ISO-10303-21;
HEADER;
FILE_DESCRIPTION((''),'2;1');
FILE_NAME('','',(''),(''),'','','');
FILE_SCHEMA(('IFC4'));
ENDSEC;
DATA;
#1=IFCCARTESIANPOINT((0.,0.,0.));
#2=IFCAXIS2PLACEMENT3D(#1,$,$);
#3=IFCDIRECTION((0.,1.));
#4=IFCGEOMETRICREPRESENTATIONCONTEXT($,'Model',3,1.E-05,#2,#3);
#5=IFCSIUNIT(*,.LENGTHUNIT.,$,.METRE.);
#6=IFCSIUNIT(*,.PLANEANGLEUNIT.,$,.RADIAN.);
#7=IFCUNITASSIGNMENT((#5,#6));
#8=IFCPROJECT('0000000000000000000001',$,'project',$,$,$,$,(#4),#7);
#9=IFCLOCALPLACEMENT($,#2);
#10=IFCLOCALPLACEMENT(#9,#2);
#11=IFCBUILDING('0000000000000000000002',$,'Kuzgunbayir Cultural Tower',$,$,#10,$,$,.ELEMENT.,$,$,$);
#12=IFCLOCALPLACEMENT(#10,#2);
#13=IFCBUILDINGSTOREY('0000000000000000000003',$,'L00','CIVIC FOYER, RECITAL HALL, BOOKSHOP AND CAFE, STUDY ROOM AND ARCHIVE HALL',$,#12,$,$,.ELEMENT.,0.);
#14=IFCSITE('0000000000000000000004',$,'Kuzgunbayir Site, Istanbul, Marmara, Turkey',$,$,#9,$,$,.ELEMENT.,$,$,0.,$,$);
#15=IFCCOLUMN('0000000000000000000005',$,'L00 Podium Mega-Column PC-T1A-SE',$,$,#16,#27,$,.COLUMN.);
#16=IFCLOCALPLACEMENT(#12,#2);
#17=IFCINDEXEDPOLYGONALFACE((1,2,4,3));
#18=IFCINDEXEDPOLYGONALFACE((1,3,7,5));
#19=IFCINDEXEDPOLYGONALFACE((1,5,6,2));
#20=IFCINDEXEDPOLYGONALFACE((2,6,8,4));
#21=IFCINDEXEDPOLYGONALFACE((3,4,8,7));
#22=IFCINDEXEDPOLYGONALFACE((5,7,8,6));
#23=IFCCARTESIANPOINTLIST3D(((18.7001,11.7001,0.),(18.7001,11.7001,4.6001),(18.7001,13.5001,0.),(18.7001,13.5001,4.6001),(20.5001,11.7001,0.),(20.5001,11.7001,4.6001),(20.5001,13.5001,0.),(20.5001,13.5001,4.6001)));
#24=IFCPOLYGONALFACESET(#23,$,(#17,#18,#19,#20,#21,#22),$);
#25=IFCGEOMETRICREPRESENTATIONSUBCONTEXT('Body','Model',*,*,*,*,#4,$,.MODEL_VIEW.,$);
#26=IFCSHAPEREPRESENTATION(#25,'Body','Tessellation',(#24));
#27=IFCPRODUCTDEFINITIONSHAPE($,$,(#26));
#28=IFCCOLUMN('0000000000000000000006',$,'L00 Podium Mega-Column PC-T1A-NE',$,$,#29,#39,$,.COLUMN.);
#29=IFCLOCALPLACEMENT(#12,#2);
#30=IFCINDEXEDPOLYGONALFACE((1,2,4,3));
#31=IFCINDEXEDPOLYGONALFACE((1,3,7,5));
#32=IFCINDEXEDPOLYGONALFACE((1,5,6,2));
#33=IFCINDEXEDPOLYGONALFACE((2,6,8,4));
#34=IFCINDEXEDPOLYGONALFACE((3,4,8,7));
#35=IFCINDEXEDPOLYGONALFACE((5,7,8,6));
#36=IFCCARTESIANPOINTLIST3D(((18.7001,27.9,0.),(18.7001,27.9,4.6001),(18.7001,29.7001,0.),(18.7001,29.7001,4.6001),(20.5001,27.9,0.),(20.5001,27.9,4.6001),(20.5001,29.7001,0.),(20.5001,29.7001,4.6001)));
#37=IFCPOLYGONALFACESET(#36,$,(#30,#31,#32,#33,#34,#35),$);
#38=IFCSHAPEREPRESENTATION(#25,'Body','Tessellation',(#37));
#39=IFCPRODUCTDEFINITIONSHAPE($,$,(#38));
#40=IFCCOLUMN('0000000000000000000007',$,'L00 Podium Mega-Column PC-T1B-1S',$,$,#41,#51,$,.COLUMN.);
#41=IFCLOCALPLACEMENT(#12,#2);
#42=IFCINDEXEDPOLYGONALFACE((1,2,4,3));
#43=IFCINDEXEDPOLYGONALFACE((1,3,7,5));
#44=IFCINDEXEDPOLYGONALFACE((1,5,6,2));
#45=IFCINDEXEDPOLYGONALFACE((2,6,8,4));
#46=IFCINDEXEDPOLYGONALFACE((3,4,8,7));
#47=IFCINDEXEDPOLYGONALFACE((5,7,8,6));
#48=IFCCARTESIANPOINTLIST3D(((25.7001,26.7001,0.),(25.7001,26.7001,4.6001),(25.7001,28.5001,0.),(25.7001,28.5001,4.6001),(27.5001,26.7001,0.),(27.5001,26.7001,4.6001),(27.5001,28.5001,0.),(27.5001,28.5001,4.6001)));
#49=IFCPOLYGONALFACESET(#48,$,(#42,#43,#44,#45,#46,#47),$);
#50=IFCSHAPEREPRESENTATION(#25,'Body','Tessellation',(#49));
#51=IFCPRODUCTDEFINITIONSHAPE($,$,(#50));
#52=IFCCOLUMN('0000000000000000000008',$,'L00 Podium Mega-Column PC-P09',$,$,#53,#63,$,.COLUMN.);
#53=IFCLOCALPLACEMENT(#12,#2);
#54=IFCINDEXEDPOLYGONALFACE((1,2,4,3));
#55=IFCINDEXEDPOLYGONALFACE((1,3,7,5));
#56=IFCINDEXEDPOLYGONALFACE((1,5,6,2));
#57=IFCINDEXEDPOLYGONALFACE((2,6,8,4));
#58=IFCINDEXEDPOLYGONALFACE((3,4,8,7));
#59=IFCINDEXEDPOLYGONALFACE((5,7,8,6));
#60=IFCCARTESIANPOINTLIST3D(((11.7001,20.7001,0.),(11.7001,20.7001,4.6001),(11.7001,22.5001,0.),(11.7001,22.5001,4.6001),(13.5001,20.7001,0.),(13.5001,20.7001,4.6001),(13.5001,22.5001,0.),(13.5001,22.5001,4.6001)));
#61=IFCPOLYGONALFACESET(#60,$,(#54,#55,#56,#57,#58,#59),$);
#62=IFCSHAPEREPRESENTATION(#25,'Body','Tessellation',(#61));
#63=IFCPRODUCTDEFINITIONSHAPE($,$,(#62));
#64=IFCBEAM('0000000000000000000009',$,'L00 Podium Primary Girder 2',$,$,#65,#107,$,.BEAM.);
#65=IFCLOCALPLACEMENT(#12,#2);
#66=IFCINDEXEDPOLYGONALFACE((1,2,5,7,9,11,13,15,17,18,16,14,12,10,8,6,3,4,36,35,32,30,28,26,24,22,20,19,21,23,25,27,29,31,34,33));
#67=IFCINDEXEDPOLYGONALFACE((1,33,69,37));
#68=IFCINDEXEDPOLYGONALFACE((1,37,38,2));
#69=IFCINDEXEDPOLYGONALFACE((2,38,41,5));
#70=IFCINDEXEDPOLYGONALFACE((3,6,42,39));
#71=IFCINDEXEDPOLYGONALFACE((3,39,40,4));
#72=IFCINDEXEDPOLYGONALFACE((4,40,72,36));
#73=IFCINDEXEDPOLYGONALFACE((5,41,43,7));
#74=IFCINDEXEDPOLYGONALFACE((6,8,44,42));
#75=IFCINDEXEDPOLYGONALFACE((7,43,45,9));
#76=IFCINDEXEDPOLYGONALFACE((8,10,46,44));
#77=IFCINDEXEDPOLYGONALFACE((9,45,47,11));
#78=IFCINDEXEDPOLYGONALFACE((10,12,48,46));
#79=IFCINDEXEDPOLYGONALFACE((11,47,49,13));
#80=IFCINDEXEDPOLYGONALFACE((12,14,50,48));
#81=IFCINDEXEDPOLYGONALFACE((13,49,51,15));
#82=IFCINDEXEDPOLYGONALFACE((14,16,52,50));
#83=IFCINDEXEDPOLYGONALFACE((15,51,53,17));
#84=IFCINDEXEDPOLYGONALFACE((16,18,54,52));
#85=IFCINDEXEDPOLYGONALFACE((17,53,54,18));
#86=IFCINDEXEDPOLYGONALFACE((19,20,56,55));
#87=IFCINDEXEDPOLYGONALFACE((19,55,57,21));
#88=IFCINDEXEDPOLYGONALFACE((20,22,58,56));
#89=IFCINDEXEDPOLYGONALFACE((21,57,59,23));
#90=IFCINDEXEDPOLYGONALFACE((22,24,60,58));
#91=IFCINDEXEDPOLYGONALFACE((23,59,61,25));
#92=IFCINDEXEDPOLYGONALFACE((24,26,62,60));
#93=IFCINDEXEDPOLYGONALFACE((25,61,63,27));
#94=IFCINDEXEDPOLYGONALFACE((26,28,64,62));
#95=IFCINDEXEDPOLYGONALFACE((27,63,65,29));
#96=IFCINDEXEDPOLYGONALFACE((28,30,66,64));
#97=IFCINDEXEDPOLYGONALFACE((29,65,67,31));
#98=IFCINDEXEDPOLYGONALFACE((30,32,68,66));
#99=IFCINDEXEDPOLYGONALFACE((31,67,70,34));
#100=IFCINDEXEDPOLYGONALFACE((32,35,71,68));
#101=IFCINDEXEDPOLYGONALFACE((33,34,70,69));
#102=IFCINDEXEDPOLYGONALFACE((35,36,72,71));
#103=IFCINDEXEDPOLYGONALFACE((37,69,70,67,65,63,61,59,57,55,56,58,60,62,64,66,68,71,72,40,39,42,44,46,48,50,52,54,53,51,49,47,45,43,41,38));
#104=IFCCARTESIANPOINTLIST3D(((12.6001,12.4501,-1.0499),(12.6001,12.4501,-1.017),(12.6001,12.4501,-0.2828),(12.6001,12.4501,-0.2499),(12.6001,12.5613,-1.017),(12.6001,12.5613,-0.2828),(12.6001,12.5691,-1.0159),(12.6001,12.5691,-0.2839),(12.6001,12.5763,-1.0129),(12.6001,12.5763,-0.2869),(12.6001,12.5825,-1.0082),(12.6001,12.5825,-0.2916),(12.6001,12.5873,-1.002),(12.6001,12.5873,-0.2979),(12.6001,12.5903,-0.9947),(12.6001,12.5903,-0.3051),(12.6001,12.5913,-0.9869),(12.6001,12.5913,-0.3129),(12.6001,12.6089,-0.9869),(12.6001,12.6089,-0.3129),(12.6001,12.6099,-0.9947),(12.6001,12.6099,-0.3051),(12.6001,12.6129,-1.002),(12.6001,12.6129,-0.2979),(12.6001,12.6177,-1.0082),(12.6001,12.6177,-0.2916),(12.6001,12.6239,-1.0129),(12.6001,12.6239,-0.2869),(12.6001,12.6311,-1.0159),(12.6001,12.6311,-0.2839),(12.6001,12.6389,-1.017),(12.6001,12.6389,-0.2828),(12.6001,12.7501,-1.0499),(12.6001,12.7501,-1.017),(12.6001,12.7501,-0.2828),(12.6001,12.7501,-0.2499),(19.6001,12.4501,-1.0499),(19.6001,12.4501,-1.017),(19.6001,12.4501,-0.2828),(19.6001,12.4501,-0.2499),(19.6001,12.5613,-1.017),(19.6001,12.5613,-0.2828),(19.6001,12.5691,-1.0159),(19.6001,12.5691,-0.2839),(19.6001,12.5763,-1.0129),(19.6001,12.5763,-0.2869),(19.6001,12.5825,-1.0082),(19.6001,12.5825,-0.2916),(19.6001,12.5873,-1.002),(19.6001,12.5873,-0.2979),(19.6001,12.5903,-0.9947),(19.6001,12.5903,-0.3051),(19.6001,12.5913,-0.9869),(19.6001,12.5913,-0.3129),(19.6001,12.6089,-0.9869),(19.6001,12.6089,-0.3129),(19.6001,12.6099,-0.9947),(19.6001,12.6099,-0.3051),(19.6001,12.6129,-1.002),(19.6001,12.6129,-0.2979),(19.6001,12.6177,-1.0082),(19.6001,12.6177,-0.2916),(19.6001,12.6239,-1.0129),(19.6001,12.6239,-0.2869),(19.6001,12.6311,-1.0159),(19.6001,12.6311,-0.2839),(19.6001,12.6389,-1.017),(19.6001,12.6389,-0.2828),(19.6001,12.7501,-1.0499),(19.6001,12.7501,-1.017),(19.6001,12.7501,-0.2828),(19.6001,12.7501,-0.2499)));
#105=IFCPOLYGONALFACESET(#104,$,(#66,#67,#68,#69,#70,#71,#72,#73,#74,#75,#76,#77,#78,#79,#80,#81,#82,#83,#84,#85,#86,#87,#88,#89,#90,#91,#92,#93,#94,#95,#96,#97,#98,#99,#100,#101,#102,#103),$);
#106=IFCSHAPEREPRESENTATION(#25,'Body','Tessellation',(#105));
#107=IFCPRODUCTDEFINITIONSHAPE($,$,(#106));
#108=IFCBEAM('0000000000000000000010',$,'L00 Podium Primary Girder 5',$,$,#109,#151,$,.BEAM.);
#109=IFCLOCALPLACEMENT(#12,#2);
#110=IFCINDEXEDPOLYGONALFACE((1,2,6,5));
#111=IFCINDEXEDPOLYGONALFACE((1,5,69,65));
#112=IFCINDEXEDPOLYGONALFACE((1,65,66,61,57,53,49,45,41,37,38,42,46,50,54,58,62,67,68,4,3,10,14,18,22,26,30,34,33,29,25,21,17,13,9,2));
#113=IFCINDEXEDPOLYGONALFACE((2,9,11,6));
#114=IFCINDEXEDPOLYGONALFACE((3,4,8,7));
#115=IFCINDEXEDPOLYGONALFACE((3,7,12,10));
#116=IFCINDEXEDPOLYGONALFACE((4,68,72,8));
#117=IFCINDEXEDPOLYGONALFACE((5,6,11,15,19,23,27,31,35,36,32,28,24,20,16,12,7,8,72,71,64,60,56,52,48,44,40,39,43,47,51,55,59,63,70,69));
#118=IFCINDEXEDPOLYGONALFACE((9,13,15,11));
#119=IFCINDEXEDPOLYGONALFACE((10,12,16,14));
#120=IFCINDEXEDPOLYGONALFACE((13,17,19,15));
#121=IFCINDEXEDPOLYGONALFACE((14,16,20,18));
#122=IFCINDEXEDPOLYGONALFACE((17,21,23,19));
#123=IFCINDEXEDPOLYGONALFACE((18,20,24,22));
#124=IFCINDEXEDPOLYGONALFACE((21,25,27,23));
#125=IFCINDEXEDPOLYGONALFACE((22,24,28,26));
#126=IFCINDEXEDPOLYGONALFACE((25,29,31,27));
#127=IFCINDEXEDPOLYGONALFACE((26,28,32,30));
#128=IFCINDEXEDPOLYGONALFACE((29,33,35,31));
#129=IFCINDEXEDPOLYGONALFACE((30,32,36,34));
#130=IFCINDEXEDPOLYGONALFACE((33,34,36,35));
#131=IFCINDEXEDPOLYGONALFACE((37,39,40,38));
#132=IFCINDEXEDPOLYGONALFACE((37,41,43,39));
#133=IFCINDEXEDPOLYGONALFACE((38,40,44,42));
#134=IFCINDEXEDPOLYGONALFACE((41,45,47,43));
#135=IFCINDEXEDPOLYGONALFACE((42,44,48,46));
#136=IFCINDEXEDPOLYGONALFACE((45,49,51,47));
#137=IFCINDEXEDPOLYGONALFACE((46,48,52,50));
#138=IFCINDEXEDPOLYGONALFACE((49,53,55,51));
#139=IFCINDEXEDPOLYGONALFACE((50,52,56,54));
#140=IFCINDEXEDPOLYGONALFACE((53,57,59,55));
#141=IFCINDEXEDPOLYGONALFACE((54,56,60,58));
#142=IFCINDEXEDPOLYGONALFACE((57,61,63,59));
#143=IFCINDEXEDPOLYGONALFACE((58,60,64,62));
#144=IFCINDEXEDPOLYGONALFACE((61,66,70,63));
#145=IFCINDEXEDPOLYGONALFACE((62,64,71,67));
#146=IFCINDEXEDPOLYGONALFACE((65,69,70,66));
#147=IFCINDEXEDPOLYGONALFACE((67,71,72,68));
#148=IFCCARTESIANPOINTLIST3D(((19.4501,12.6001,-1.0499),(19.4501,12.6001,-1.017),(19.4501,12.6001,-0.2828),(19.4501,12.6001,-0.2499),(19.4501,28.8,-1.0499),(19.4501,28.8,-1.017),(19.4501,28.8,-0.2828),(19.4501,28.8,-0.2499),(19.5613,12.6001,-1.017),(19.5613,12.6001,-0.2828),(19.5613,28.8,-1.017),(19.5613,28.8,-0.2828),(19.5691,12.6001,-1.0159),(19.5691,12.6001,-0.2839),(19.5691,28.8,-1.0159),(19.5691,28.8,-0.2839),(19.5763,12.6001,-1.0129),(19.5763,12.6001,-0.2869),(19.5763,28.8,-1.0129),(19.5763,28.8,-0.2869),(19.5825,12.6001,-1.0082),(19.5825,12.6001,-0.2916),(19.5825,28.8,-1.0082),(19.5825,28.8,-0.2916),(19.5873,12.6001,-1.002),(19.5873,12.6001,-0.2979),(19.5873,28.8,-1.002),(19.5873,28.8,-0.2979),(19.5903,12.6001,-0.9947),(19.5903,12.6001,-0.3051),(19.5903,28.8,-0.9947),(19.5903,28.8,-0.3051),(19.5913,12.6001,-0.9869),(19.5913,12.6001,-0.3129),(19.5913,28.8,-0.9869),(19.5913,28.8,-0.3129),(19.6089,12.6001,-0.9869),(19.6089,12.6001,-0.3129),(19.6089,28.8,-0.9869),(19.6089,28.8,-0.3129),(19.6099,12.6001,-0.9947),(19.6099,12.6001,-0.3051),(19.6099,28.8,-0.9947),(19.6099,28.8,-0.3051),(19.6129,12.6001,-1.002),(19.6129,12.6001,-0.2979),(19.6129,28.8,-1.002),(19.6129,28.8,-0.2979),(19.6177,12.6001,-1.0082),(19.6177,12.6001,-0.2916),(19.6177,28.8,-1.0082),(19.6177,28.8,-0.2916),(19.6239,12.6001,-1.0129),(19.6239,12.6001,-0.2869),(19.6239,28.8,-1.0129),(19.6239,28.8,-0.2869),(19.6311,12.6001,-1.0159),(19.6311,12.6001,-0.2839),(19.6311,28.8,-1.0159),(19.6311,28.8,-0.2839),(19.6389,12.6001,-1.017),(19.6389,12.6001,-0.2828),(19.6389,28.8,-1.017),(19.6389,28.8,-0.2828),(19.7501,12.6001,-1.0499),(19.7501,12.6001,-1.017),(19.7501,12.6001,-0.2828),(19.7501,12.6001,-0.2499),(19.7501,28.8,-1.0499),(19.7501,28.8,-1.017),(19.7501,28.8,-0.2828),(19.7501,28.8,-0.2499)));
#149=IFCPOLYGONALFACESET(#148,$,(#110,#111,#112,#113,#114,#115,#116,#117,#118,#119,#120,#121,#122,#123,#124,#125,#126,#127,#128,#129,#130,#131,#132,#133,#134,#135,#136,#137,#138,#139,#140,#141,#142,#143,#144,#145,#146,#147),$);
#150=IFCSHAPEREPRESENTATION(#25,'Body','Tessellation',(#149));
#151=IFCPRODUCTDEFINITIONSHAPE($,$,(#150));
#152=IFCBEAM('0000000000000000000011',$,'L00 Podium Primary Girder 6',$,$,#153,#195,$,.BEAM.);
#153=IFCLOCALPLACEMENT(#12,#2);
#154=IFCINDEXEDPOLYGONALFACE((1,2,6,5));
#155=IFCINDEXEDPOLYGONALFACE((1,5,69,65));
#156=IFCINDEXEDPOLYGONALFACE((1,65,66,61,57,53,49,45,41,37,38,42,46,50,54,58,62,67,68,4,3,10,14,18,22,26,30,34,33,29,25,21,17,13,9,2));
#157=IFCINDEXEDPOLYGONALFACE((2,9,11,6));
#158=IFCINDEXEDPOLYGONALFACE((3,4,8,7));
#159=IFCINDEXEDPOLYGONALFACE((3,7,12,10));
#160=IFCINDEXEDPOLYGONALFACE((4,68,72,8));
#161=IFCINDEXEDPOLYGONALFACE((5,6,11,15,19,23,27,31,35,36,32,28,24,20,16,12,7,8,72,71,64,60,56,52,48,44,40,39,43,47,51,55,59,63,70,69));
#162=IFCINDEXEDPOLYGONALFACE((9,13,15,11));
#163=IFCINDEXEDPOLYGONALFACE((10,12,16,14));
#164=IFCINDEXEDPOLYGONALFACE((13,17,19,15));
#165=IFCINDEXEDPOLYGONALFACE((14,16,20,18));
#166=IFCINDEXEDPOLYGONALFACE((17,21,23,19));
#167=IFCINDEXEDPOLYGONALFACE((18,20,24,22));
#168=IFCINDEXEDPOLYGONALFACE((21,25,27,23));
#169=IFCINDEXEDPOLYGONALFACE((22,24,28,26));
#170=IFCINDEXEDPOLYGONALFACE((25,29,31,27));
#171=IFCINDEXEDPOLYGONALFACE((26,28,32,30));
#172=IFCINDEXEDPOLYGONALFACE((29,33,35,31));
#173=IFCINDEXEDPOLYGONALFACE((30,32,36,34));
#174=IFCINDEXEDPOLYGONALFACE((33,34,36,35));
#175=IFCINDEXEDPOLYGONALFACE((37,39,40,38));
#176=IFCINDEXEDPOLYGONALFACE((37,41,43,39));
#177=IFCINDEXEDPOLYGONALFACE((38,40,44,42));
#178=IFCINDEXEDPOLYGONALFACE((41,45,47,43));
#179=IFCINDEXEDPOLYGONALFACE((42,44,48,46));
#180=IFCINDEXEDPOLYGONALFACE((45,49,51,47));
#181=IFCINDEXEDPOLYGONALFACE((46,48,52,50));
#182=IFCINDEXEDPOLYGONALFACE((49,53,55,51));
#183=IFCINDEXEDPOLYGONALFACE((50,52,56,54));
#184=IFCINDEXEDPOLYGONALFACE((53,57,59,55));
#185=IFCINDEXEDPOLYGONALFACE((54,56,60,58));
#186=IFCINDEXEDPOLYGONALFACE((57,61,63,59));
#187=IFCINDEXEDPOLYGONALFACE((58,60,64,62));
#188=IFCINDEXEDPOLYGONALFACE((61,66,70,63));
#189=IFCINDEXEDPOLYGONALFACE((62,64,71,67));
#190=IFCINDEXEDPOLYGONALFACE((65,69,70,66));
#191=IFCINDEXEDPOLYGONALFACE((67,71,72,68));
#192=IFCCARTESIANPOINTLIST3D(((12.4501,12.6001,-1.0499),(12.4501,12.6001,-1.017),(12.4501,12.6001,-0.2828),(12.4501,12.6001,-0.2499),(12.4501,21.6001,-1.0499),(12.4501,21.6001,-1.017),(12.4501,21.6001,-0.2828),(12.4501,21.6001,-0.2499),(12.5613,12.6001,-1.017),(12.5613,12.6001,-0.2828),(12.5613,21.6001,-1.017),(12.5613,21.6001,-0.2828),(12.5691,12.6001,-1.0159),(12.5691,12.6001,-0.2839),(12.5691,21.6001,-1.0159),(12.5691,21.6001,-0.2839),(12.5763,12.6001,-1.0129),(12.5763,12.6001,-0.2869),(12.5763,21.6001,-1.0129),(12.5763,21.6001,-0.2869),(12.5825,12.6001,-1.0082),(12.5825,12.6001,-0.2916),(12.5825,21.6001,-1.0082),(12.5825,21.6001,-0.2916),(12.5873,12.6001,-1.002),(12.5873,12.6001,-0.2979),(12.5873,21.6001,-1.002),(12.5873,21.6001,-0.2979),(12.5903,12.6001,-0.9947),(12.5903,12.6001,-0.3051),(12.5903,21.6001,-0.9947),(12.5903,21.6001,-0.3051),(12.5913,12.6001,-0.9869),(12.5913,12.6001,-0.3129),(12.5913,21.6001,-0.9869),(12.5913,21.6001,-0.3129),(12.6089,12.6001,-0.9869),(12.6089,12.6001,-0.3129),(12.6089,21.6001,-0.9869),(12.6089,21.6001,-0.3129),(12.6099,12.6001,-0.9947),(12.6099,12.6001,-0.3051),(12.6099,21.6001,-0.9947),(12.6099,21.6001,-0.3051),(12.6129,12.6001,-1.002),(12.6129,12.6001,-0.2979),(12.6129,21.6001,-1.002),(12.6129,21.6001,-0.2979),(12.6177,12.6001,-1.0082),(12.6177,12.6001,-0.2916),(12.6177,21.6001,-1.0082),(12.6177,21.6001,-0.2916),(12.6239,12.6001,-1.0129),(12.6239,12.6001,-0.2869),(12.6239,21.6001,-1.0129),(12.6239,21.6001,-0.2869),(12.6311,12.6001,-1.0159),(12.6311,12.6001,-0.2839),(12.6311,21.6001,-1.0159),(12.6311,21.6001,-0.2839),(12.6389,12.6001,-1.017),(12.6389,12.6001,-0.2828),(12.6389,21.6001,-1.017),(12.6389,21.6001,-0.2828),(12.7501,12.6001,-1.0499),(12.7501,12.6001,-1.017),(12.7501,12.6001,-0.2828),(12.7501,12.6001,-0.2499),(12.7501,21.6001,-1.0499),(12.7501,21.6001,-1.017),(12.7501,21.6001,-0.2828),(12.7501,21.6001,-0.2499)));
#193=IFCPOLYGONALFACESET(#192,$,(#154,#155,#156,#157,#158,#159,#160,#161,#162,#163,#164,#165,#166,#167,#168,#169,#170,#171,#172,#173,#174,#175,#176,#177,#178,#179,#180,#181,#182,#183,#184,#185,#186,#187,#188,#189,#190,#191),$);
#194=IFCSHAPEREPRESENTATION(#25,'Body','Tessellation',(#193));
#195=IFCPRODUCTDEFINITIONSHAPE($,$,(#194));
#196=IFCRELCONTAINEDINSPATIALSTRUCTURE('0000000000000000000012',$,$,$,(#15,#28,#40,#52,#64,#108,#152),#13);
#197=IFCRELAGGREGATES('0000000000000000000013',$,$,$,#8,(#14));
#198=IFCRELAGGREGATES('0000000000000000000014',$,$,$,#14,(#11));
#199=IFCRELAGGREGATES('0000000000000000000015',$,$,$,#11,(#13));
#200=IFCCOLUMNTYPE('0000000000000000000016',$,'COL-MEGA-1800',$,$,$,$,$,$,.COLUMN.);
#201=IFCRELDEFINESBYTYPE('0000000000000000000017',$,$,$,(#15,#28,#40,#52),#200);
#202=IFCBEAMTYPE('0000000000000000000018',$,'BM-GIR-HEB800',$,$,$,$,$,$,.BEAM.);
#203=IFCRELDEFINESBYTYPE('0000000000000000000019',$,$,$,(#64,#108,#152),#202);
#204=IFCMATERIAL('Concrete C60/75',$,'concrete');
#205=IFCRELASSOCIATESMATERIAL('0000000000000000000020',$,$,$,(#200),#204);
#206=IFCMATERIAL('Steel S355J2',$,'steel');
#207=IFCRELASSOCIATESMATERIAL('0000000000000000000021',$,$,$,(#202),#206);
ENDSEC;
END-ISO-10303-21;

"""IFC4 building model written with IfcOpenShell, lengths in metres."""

from ifc_helpers import new_model, si_unit, direction, frame, origin, origin_2d, place, context, subcontext, project, spatial, rectangle, i_section, extrude, material, material_profile, profile_set, type_object, element, save


model = new_model("IFC4")

# Units and contexts
model_context = context("Model", 3, precision=1e-05, world=origin(), true_north=direction((0.0, 1.0)))
body_context = subcontext(model_context, "Body", "Model", "MODEL_VIEW")
ifc_project = project(units=[si_unit("LENGTHUNIT", "METRE"), si_unit("PLANEANGLEUNIT", "RADIAN")], contexts=[model_context])

# Site, building, storey
site_placement = place(None, origin())
site = spatial("IfcSite", under=ifc_project, at=site_placement, Name="Kuzgunbayir Site, Istanbul, Marmara, Turkey", CompositionType="ELEMENT", RefElevation=0.0)
building_placement = place(site_placement, origin())
building = spatial("IfcBuilding", under=site, at=building_placement, Name="Kuzgunbayir Cultural Tower", CompositionType="ELEMENT")
storey_placement = place(building_placement, origin())
storey = spatial("IfcBuildingStorey", under=building, at=storey_placement, Name="L00", Description="CIVIC FOYER, RECITAL HALL, BOOKSHOP AND CAFE, STUDY ROOM AND ARCHIVE HALL", CompositionType="ELEMENT", Elevation=0.0)

# Columns
ifc_material_1 = material(Name="Concrete C60/75", Category="concrete")
ifc_material_profile_1 = material_profile(ifc_material_1, rectangle(XDim=1.8, YDim=1.8, at=origin_2d()), Name="RC 1800x1800")
ifc_profile_set_1 = profile_set([ifc_material_profile_1], Name="Concrete C60/75")
column_type = type_object("IfcColumnType", Name="COL-MEGA-1800", PredefinedType="COLUMN", material=ifc_profile_set_1)
for number, where, z_axis, x_axis, name in (
    (1, (19.6001, 12.6001, 0.0), (0.0, 0.0, 1.0), (1.0, 0.0, 0.0), "L00 Podium Mega-Column PC-T1A-SE"),
    (2, (19.6001, 28.8, 0.0), (0.0, 0.0, 1.0), (1.0, 0.0, 0.0), "L00 Podium Mega-Column PC-T1A-NE"),
    (3, (26.6001, 27.6001, 0.0), (0.0, 0.0, 1.0), (1.0, 0.0, 0.0), "L00 Podium Mega-Column PC-T1B-1S"),
    (4, (12.6001, 21.6001, 0.0), (0.0, 0.0, 1.0), (1.0, 0.0, 0.0), "L00 Podium Mega-Column PC-P09"),
):
    element("IfcColumn", number, at=place(storey_placement, frame(where, z_axis=z_axis, x_axis=x_axis)), inside=storey, type_object=column_type, Name=name, PredefinedType="COLUMN", context=body_context, shape_type="SweptSolid", body=[
        extrude(rectangle(XDim=1.8, YDim=1.8, at=origin_2d()), origin(), (0.0, 0.0, 1.0), 4.6001),
    ])

# Beams
ifc_material_2 = material(Name="Steel S355J2", Category="steel")
ifc_material_profile_2 = material_profile(ifc_material_2, i_section(OverallWidth=0.3, OverallDepth=0.8, WebThickness=0.0176, FlangeThickness=0.033, FilletRadius=0.03, at=origin_2d()), Name="HEB 800")
ifc_profile_set_2 = profile_set([ifc_material_profile_2], Name="Steel S355J2")
beam_type = type_object("IfcBeamType", Name="BM-GIR-HEB800", PredefinedType="BEAM", material=ifc_profile_set_2)
beam_1_placement = place(storey_placement, frame((12.6001, 12.6001, -0.6499), z_axis=(1.0, 0.0, 0.0), x_axis=(0.0, 1.0, 0.0)))
element("IfcBeam", 5, at=beam_1_placement, inside=storey, type_object=beam_type, Name="L00 Podium Primary Girder 2", PredefinedType="BEAM", context=body_context, shape_type="SweptSolid", body=[
    extrude(i_section(OverallWidth=0.3, OverallDepth=0.8, WebThickness=0.0176, FlangeThickness=0.033, FilletRadius=0.03, at=origin_2d()), origin(), (0.0, 0.0, 1.0), 7.0),
])
beam_2_placement = place(storey_placement, frame((19.6001, 12.6001, -0.6499), z_axis=(0.0, 1.0, 0.0), x_axis=(-1.0, 0.0, 0.0)))
element("IfcBeam", 6, at=beam_2_placement, inside=storey, type_object=beam_type, Name="L00 Podium Primary Girder 5", PredefinedType="BEAM", context=body_context, shape_type="SweptSolid", body=[
    extrude(i_section(OverallWidth=0.3, OverallDepth=0.8, WebThickness=0.0176, FlangeThickness=0.033, FilletRadius=0.03, at=origin_2d()), origin(), (0.0, 0.0, 1.0), 16.2),
])
beam_3_placement = place(storey_placement, frame((12.6001, 12.6001, -0.6499), z_axis=(0.0, 1.0, 0.0), x_axis=(-1.0, 0.0, 0.0)))
element("IfcBeam", 7, at=beam_3_placement, inside=storey, type_object=beam_type, Name="L00 Podium Primary Girder 6", PredefinedType="BEAM", context=body_context, shape_type="SweptSolid", body=[
    extrude(i_section(OverallWidth=0.3, OverallDepth=0.8, WebThickness=0.0176, FlangeThickness=0.033, FilletRadius=0.03, at=origin_2d()), origin(), (0.0, 0.0, 1.0), 9.0),
])

save(model, "model.ifc")
